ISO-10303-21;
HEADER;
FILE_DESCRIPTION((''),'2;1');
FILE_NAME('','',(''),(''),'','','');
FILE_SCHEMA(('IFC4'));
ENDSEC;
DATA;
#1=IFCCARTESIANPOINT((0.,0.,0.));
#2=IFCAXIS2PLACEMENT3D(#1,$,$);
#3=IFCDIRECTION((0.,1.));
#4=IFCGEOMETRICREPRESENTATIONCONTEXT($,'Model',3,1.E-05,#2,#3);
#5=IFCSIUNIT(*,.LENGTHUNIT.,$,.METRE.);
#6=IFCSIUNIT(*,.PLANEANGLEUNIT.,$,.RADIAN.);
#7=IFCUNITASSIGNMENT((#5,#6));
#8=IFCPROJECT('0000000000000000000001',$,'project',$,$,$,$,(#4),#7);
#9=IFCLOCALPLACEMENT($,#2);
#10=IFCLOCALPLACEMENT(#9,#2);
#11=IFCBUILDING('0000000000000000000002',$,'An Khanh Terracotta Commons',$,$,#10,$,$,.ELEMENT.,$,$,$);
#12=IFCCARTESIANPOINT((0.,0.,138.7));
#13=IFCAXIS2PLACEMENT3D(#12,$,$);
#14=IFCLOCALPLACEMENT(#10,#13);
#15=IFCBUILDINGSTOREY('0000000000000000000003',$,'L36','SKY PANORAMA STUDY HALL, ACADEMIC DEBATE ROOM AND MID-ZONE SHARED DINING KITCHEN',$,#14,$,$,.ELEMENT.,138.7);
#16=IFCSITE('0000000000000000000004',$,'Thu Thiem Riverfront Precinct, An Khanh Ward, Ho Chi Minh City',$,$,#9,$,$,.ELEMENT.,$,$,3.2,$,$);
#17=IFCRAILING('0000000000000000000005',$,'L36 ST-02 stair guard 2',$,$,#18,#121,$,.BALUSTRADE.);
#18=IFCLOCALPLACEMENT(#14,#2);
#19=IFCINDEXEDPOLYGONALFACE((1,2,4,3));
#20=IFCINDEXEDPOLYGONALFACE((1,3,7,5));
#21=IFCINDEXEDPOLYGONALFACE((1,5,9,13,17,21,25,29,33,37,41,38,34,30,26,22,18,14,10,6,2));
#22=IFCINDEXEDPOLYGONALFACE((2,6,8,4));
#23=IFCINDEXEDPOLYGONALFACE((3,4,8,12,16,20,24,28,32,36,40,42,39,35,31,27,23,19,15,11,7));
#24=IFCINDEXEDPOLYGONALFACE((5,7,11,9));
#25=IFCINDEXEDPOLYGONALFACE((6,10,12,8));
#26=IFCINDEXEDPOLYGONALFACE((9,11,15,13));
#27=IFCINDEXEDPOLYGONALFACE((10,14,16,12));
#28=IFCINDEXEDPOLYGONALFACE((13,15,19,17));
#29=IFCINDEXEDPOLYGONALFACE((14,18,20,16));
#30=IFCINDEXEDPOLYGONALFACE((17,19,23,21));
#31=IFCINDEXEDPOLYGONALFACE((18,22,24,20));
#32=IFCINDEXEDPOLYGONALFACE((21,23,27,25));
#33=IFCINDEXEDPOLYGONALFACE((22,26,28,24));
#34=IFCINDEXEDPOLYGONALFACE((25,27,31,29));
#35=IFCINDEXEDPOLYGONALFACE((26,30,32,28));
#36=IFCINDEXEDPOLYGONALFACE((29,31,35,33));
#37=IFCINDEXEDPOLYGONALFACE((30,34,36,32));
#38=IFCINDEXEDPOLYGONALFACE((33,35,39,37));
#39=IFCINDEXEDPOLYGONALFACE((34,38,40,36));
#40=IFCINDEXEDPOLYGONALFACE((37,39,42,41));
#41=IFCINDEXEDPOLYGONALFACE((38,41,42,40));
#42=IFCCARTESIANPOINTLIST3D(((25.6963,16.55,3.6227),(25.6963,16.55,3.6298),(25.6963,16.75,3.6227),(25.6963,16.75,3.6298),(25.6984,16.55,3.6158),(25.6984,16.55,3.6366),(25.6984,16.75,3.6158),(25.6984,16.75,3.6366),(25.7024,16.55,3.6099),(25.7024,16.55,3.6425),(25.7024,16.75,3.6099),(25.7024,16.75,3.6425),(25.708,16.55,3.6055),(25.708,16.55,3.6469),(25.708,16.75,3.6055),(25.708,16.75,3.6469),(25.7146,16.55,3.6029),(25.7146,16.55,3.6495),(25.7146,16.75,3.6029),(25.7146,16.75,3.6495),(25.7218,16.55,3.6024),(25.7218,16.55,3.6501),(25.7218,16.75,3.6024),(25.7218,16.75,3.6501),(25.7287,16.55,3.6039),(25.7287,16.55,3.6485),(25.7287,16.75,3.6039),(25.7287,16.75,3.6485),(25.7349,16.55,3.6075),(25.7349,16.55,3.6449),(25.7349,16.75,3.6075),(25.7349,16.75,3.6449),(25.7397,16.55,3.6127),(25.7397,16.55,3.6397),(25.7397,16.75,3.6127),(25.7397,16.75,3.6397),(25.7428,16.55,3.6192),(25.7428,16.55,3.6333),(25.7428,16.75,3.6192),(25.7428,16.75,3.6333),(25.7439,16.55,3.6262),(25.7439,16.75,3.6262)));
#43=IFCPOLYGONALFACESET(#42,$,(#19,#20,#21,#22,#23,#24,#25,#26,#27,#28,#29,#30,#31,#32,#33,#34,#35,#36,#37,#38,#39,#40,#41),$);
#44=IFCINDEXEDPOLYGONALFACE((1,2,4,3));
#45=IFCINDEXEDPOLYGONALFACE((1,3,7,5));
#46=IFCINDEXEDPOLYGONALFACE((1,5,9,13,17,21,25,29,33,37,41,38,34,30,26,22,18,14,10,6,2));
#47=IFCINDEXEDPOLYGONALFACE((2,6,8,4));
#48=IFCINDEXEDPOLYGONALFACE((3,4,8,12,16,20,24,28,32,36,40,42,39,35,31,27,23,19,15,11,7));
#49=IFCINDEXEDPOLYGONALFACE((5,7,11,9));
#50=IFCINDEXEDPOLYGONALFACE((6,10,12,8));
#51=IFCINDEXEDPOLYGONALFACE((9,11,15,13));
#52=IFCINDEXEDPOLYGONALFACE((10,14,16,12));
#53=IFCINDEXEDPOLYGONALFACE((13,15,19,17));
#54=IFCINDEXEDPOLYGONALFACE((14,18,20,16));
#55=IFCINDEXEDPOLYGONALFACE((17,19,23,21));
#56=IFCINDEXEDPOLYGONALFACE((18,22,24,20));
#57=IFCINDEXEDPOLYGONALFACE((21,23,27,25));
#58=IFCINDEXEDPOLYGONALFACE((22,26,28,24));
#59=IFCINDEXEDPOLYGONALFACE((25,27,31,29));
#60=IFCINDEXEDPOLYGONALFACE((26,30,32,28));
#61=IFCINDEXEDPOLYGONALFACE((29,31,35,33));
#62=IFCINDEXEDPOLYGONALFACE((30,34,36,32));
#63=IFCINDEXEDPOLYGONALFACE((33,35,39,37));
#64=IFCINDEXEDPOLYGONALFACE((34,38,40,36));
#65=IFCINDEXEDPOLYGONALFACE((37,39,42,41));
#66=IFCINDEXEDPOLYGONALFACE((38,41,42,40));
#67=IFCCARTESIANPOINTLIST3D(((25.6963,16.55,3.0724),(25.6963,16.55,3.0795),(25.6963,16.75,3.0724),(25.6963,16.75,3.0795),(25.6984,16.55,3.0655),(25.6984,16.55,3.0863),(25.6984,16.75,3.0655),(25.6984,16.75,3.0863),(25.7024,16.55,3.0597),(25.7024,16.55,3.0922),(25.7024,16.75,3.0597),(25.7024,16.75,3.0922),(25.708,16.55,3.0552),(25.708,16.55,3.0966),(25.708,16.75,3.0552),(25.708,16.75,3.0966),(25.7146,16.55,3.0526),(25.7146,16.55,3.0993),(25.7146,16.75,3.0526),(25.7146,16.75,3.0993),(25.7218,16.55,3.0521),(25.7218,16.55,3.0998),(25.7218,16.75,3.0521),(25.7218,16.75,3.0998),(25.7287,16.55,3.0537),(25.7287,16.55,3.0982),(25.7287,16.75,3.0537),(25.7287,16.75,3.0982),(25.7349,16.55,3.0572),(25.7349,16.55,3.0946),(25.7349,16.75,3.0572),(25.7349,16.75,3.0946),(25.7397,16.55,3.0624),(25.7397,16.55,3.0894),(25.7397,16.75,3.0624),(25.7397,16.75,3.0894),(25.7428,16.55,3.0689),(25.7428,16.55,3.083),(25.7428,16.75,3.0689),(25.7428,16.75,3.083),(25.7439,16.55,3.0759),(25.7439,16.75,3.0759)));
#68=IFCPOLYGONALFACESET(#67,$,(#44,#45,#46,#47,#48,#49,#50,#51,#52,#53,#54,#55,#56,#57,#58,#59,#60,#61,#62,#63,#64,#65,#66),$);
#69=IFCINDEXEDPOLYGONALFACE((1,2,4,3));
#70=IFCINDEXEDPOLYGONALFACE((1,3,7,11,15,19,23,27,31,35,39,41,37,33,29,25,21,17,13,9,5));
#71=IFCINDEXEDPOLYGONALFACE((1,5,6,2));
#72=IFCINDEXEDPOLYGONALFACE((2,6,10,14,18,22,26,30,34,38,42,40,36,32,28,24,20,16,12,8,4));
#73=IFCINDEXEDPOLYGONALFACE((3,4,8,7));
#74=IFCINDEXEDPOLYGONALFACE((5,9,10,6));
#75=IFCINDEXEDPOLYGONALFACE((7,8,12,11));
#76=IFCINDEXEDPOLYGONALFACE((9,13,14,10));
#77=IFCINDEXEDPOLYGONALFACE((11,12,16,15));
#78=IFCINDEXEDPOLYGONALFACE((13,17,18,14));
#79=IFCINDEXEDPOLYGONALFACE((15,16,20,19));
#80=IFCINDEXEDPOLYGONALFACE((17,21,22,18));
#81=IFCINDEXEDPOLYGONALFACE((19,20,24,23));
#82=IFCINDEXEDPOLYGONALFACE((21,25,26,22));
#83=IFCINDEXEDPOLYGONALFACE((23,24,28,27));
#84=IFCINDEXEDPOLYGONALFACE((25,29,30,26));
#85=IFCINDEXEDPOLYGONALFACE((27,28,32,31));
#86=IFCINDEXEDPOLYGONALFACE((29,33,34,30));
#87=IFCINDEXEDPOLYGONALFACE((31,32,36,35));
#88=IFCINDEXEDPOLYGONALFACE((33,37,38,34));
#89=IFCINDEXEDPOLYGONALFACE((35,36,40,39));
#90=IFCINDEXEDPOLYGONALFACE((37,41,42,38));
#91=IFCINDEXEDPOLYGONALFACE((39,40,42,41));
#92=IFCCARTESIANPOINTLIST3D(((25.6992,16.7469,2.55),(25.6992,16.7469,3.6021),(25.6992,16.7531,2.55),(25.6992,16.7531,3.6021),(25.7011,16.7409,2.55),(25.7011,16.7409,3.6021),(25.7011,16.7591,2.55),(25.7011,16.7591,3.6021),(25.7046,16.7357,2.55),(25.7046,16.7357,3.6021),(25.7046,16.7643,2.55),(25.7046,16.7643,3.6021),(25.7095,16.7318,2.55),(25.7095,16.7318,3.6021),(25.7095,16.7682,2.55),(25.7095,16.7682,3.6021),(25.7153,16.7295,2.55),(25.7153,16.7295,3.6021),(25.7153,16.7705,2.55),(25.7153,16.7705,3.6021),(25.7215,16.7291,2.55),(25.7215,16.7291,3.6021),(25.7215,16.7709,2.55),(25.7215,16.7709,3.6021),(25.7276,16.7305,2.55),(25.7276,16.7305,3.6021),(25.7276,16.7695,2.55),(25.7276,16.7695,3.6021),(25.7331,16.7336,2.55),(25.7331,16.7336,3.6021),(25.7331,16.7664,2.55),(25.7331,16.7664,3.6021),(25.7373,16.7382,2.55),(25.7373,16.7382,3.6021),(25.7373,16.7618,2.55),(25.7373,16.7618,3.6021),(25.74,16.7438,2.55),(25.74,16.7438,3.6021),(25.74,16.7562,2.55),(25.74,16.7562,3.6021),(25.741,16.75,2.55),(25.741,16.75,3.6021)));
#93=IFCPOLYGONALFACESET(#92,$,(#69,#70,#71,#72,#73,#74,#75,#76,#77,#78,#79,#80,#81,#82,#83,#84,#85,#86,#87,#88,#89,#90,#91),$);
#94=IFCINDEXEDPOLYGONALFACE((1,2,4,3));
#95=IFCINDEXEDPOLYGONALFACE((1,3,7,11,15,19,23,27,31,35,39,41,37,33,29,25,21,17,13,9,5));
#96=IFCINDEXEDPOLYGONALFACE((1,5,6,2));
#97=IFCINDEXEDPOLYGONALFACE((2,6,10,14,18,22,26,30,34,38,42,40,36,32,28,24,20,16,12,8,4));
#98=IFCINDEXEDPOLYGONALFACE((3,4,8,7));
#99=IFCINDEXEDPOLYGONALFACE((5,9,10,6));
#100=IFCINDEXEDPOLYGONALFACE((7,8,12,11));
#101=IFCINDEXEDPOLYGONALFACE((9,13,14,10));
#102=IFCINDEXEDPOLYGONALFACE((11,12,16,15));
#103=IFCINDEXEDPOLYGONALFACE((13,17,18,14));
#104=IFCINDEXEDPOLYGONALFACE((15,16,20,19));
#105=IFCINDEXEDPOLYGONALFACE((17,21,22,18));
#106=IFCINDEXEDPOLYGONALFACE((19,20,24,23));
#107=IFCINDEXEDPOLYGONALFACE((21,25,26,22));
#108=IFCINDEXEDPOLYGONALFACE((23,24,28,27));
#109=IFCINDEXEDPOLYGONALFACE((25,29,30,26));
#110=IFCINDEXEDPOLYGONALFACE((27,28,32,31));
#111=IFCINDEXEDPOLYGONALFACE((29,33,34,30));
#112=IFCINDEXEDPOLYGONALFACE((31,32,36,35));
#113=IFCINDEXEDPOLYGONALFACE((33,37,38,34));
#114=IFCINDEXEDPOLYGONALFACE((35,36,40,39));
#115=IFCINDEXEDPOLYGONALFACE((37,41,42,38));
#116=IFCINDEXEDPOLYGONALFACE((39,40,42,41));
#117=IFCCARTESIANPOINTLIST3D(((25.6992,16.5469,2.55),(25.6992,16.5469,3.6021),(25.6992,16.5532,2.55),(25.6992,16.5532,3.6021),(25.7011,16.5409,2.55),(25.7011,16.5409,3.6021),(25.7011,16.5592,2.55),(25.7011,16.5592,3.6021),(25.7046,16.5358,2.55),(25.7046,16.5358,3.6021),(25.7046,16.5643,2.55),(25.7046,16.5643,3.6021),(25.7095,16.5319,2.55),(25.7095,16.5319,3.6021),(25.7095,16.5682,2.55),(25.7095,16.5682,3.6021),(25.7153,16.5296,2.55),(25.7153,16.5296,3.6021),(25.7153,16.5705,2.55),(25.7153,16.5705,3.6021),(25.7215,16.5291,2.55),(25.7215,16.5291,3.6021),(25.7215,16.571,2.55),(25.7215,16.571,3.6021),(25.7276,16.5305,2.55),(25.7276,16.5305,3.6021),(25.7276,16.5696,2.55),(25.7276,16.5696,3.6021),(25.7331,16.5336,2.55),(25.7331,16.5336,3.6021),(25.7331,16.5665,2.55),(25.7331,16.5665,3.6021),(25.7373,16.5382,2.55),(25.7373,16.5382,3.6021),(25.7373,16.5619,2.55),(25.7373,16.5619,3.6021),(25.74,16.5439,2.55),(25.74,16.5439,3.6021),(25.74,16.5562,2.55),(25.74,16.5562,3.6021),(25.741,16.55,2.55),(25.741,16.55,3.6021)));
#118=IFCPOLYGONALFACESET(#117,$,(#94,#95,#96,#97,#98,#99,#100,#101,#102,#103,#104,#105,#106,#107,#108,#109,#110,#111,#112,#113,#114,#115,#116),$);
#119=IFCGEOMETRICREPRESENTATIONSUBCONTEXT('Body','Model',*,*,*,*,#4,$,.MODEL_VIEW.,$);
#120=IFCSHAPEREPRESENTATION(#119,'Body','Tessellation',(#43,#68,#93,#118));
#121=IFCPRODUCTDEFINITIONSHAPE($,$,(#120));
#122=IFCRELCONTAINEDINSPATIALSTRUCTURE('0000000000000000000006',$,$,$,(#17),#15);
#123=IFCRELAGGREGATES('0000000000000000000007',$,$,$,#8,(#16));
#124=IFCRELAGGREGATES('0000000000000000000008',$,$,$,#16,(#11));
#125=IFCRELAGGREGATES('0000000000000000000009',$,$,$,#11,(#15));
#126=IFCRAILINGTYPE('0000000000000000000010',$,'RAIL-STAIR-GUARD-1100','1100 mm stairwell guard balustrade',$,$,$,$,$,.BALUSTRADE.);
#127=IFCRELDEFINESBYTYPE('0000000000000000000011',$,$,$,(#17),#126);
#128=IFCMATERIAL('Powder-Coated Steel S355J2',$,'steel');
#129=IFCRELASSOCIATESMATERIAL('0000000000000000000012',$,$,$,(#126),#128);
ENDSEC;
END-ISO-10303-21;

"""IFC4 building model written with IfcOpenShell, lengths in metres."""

from ifc_helpers import new_model, si_unit, direction, frame, origin, origin_2d, place, context, subcontext, project, spatial, circle, extrude, material, type_object, element, save


model = new_model("IFC4")

# Units and contexts
model_context = context("Model", 3, precision=1e-05, world=origin(), true_north=direction((0.0, 1.0)))
body_context = subcontext(model_context, "Body", "Model", "MODEL_VIEW")
ifc_project = project(units=[si_unit("LENGTHUNIT", "METRE"), si_unit("PLANEANGLEUNIT", "RADIAN")], contexts=[model_context])

# Site, building, storey
site_placement = place(None, origin())
site = spatial("IfcSite", under=ifc_project, at=site_placement, Name="Thu Thiem Riverfront Precinct, An Khanh Ward, Ho Chi Minh City", CompositionType="ELEMENT", RefElevation=3.2)
building_placement = place(site_placement, origin())
building = spatial("IfcBuilding", under=site, at=building_placement, Name="An Khanh Terracotta Commons", CompositionType="ELEMENT")
storey_placement = place(building_placement, frame((0.0, 0.0, 138.7)))
storey = spatial("IfcBuildingStorey", under=building, at=storey_placement, Name="L36", Description="SKY PANORAMA STUDY HALL, ACADEMIC DEBATE ROOM AND MID-ZONE SHARED DINING KITCHEN", CompositionType="ELEMENT", Elevation=138.7)

# Railing
ifc_material_1 = material(Name="Powder-Coated Steel S355J2", Category="steel")
railing_type_1 = type_object("IfcRailingType", Name="RAIL-STAIR-GUARD-1100", Description="1100 mm stairwell guard balustrade", PredefinedType="BALUSTRADE", material=ifc_material_1)
railing_1_placement = place(storey_placement, frame((25.72, 16.75, 2.55)))
element("IfcRailing", 1, at=railing_1_placement, inside=storey, type_object=railing_type_1, Name="L36 ST-02 stair guard 2", PredefinedType="BALUSTRADE", context=body_context, shape_type="SweptSolid", body=[
    extrude(circle(Radius=0.0239, at=origin_2d()), frame((0.0, 0.0, 1.0762), z_axis=(0.0, -1.0, 0.0), x_axis=(1.0, 0.0, 0.0)), (0.0, 0.0, 1.0), 0.2),
    extrude(circle(Radius=0.0239, at=origin_2d()), frame((0.0, 0.0, 0.5259), z_axis=(0.0, -1.0, 0.0), x_axis=(1.0, 0.0, 0.0)), (0.0, 0.0, 1.0), 0.2),
    extrude(circle(Radius=0.021, at=origin_2d()), origin(), (0.0, 0.0, 1.0), 1.052),
    extrude(circle(Radius=0.021, at=origin_2d()), frame((0.0, -0.2, 0.0)), (0.0, 0.0, 1.0), 1.052),
])

save(model, "model.ifc")
